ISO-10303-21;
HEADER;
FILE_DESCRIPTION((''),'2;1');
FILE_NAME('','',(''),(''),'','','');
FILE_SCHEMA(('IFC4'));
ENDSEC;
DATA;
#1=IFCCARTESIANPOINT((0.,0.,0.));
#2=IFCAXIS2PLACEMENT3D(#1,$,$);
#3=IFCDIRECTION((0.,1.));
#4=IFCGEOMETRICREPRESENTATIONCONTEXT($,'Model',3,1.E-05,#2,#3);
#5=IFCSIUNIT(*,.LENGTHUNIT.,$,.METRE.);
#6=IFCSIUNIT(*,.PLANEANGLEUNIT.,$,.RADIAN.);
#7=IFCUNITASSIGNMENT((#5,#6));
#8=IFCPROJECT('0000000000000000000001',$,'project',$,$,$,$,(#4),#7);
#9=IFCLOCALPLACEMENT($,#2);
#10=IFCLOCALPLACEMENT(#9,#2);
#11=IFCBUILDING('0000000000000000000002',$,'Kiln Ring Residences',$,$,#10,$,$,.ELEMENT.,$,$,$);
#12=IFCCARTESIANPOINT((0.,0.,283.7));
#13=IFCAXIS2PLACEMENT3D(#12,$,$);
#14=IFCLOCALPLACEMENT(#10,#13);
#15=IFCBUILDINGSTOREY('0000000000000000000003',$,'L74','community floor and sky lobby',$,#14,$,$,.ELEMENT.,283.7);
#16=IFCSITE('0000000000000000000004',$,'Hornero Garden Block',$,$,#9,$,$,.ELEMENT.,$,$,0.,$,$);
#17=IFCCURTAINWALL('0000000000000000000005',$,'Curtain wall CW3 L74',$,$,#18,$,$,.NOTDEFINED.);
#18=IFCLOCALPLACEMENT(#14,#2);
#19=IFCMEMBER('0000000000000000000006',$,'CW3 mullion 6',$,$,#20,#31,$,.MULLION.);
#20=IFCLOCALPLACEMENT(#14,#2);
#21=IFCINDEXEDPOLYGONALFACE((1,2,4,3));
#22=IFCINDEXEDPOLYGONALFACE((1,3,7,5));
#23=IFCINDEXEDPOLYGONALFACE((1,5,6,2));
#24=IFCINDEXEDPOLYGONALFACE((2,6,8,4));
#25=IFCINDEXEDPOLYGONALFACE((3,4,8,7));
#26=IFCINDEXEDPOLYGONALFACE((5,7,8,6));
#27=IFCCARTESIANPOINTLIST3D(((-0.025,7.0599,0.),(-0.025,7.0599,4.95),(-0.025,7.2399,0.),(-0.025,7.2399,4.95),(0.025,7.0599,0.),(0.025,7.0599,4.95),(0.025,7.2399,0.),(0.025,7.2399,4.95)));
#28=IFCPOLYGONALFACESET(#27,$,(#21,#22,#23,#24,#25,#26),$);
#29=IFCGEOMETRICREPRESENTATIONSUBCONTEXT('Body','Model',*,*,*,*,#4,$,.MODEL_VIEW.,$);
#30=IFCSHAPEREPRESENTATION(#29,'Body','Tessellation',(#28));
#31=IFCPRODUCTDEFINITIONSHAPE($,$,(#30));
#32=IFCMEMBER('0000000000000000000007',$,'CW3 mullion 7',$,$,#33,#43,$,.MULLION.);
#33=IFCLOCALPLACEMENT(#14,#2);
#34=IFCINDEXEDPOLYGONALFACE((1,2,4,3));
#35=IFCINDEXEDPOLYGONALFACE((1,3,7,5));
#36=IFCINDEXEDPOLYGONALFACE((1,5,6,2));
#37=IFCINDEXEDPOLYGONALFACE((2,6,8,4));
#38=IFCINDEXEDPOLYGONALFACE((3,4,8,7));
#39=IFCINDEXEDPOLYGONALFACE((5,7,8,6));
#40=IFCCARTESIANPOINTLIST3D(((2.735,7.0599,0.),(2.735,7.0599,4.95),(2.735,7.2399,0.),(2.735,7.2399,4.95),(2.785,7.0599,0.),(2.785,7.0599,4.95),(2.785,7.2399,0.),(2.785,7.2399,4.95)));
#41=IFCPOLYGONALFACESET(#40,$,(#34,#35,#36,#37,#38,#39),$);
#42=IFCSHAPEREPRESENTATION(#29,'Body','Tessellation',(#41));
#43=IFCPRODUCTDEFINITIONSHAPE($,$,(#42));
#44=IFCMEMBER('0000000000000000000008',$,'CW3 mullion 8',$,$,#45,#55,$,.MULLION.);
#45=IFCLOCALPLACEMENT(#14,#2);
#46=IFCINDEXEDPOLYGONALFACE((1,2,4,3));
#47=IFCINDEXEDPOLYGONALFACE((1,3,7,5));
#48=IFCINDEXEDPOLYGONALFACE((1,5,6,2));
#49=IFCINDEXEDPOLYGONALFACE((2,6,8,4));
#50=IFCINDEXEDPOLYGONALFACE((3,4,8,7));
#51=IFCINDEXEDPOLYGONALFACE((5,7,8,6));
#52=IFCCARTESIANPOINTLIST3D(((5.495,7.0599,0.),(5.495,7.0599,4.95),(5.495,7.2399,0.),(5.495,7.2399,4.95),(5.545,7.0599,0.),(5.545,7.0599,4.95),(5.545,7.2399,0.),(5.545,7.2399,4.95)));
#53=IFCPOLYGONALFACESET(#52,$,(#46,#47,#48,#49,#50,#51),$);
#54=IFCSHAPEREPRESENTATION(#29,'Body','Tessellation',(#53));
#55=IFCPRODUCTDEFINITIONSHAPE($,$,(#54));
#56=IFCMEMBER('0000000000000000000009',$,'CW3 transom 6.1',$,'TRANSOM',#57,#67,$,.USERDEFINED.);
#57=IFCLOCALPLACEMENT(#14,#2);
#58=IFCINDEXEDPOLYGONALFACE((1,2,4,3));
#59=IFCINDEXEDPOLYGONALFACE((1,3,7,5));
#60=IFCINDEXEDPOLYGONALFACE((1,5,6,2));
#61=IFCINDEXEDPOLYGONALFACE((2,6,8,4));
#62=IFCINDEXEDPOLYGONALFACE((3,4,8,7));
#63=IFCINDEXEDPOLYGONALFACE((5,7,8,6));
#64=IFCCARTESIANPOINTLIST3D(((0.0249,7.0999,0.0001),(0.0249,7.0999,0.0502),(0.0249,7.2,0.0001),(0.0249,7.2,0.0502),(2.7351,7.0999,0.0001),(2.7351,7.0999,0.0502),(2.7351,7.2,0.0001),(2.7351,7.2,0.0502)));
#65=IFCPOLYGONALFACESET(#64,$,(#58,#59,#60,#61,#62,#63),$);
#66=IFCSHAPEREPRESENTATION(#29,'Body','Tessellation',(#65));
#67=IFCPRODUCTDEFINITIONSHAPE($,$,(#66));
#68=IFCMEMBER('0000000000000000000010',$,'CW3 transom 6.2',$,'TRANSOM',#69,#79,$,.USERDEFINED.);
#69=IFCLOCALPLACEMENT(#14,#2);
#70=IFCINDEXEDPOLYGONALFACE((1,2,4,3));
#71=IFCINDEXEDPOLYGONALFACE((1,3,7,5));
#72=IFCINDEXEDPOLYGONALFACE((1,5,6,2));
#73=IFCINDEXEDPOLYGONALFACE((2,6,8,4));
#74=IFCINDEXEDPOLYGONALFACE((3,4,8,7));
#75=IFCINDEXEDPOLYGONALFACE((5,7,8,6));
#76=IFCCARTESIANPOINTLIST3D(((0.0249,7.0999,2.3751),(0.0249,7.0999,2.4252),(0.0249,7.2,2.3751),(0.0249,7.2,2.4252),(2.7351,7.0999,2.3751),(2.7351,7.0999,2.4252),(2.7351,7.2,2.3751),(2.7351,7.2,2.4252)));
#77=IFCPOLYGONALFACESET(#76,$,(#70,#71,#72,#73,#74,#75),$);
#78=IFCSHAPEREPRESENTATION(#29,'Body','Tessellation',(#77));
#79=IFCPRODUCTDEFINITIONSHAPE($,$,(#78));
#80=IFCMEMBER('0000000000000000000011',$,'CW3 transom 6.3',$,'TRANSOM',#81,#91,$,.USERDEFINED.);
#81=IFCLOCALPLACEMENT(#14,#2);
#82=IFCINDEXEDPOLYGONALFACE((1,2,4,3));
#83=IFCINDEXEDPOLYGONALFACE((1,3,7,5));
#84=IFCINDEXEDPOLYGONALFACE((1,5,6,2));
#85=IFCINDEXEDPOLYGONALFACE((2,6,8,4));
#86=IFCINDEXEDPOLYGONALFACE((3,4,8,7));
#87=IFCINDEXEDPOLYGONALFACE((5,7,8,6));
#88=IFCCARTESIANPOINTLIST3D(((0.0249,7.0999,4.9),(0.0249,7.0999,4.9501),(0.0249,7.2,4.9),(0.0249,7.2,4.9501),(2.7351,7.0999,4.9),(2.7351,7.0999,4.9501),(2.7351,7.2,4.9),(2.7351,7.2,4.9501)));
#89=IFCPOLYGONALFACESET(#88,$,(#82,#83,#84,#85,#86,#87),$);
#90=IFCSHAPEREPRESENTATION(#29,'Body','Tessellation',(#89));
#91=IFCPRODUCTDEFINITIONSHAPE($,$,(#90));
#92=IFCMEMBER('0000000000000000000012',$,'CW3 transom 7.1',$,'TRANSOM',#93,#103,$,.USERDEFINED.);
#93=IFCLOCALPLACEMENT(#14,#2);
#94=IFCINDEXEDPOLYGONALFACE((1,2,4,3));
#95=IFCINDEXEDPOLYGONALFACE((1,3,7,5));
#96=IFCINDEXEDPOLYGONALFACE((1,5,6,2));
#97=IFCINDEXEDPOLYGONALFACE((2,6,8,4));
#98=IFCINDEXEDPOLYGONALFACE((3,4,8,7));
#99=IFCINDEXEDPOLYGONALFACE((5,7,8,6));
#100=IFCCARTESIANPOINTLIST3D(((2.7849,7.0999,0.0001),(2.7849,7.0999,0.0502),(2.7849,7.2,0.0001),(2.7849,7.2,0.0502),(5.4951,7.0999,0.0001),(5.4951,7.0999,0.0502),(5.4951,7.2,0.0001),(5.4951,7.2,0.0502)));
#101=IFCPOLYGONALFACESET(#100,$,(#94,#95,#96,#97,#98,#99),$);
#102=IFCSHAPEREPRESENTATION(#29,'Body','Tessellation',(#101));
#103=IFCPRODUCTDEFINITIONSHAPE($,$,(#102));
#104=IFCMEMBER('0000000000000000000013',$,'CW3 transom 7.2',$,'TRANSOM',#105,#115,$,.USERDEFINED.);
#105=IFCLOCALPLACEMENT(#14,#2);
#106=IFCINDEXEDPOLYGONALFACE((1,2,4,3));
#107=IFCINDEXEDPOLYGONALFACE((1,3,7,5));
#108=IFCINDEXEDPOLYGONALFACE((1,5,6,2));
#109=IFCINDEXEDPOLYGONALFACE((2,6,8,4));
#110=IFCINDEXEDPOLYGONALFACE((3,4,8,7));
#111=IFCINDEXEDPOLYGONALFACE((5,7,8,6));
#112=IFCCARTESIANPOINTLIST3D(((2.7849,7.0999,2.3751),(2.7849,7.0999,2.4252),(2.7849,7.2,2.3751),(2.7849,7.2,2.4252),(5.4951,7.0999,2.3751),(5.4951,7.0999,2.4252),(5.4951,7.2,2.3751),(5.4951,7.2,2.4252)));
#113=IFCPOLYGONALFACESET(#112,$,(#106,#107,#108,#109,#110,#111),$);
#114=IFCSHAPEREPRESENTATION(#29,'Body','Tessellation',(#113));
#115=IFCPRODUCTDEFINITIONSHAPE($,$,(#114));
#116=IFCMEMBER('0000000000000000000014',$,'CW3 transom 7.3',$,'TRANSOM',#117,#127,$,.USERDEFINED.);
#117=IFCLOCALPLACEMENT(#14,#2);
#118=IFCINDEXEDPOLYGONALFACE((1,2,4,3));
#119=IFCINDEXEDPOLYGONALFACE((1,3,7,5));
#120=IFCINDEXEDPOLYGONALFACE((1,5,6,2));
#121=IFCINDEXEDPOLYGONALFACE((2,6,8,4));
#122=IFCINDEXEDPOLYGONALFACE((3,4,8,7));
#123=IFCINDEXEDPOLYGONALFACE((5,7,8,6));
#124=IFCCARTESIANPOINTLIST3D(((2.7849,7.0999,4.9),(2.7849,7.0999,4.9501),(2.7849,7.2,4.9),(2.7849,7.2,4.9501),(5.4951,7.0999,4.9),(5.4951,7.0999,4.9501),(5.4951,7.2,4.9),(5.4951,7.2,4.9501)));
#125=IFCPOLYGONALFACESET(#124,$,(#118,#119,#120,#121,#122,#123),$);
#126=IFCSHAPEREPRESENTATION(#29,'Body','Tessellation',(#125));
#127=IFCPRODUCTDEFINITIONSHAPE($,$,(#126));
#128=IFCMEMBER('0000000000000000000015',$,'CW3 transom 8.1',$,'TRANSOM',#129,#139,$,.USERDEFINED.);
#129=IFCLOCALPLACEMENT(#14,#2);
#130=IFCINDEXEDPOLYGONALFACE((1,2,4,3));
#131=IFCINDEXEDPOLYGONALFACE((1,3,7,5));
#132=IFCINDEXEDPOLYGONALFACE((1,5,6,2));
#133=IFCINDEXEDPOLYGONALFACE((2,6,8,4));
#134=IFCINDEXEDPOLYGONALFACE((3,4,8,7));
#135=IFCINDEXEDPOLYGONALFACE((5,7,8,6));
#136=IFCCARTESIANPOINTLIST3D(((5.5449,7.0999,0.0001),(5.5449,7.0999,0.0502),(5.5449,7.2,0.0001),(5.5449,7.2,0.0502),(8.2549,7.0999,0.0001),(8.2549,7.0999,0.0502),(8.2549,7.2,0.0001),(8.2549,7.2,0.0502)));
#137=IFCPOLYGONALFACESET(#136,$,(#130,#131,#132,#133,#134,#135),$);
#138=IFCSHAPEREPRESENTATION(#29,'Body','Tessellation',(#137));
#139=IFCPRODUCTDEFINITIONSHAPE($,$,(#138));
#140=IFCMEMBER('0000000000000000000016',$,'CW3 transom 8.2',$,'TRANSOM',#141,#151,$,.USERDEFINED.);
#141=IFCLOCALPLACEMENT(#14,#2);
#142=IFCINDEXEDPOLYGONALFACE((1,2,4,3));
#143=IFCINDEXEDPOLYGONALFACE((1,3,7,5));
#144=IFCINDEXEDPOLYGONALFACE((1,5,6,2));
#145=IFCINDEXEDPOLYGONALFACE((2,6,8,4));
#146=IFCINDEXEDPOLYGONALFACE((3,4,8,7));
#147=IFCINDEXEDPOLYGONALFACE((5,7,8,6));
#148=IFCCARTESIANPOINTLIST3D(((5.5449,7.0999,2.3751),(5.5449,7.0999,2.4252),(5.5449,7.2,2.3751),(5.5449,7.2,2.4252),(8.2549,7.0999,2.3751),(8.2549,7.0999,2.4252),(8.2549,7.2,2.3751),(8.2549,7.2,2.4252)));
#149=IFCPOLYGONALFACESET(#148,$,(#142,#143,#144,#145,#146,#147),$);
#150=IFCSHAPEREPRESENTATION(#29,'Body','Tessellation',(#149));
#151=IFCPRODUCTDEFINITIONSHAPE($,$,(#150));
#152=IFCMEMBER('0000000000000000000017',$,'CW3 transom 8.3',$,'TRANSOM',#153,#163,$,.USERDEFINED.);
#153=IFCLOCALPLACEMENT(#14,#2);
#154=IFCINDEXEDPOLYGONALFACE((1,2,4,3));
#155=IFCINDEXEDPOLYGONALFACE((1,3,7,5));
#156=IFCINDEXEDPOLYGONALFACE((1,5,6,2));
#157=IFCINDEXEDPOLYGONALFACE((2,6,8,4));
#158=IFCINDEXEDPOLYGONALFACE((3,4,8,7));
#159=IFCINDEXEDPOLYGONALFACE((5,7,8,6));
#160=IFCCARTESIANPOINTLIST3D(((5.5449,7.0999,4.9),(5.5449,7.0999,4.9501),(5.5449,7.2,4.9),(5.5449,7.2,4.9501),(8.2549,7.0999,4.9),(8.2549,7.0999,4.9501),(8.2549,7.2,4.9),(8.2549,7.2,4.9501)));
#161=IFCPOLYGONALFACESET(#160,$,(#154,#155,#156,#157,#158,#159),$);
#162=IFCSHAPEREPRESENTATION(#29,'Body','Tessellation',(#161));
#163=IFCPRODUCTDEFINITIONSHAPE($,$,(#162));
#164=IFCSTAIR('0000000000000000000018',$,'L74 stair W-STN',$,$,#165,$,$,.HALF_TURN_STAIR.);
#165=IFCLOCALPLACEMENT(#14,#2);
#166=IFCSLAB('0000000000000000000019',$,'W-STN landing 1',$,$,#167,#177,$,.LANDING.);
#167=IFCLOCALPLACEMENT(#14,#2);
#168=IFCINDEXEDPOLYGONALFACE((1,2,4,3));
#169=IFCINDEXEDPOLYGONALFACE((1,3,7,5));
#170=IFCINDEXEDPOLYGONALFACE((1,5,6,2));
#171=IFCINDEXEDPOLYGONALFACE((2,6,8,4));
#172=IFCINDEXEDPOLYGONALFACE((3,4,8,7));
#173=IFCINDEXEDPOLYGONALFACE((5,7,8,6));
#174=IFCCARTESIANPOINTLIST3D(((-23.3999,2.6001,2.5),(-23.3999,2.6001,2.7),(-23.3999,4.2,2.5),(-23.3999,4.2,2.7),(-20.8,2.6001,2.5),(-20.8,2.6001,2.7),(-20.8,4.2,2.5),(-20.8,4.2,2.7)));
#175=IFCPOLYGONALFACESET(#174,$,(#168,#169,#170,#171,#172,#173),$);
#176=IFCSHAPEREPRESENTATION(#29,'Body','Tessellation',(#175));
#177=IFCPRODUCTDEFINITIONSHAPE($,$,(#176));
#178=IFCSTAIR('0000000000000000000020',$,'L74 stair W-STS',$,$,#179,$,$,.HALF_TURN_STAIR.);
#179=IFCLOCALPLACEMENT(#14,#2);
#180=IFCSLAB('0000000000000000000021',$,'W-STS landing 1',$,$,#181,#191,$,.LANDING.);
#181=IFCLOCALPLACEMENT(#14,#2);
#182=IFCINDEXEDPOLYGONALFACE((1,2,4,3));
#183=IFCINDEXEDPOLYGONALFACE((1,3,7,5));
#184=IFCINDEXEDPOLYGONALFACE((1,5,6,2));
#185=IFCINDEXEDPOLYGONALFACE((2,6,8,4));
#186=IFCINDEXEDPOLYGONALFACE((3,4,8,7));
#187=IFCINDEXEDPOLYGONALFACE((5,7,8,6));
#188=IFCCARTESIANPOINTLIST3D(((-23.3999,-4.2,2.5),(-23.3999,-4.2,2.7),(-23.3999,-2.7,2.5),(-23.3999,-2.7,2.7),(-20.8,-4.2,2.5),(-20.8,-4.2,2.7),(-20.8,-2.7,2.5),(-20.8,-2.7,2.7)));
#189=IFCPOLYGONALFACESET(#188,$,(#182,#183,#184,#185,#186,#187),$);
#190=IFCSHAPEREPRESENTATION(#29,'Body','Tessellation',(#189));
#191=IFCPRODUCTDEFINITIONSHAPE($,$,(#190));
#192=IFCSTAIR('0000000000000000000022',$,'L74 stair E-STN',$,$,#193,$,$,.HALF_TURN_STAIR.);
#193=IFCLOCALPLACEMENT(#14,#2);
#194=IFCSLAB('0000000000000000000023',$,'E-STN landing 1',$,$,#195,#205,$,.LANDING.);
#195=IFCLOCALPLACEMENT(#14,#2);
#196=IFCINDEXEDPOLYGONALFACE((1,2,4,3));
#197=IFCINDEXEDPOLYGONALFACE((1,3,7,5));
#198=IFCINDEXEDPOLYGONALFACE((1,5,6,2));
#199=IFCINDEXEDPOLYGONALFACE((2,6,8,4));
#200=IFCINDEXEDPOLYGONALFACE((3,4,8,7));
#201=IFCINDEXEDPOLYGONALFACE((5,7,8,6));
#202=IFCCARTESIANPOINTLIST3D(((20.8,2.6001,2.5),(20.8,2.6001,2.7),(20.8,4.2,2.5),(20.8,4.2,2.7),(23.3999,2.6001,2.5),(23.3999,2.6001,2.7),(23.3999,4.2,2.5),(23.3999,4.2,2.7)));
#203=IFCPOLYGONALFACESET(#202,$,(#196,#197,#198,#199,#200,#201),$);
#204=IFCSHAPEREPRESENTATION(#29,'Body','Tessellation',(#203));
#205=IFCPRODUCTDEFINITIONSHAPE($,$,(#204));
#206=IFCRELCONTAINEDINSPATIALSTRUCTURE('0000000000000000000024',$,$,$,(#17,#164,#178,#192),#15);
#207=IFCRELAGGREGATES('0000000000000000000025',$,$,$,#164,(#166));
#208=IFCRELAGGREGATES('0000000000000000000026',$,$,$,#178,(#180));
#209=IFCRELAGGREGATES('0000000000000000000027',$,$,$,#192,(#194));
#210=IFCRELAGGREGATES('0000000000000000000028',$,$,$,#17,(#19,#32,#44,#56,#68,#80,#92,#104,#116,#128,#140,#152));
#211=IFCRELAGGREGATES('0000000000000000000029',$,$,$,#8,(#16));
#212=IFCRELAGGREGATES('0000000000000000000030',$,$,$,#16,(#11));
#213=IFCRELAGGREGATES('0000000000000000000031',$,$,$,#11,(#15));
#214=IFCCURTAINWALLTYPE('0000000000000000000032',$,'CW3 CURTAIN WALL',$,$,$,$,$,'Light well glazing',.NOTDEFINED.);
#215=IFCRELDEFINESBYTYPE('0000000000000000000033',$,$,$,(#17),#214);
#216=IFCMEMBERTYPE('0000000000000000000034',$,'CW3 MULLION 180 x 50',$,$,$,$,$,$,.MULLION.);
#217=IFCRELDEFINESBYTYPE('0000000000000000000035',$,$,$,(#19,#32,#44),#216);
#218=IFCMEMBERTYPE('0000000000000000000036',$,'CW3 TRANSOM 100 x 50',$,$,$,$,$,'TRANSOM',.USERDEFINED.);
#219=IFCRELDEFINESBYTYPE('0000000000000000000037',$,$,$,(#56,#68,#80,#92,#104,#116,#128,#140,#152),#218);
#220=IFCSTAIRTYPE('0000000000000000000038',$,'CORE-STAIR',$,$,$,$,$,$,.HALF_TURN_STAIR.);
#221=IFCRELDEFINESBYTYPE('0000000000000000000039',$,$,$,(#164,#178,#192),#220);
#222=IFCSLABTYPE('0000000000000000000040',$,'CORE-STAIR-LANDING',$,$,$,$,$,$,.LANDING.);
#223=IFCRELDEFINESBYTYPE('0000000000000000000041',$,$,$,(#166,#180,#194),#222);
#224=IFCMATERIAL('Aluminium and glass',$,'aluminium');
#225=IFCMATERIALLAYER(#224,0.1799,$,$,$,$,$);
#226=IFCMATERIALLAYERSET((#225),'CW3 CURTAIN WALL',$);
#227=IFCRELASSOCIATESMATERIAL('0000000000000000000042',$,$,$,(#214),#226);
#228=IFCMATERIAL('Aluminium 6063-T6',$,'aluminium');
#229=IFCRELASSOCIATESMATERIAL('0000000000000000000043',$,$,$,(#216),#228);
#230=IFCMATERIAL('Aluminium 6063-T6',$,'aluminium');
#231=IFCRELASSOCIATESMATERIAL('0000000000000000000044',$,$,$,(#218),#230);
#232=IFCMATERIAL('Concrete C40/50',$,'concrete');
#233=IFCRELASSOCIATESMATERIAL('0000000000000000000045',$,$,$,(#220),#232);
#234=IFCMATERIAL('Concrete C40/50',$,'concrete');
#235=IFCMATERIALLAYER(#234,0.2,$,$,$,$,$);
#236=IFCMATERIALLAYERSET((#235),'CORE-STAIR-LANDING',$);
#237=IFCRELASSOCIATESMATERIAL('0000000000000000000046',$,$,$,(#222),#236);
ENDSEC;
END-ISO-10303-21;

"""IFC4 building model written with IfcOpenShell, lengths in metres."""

from ifc_helpers import new_model, si_unit, direction, frame, origin, origin_2d, place, context, subcontext, project, spatial, polyline, rectangle, outline, extrude, material, layer, layer_set, material_profile, profile_set, type_object, element, aggregate, save


model = new_model("IFC4")

# Units and contexts
model_context = context("Model", 3, precision=1e-05, world=origin(), true_north=direction((0.0, 1.0)))
body_context = subcontext(model_context, "Body", "Model", "MODEL_VIEW")
ifc_project = project(units=[si_unit("LENGTHUNIT", "METRE"), si_unit("PLANEANGLEUNIT", "RADIAN")], contexts=[model_context])

# Site, building, storey
site_placement = place(None, origin())
site = spatial("IfcSite", under=ifc_project, at=site_placement, Name="Hornero Garden Block", CompositionType="ELEMENT", RefElevation=0.0)
building_placement = place(site_placement, origin())
building = spatial("IfcBuilding", under=site, at=building_placement, Name="Kiln Ring Residences", CompositionType="ELEMENT")
storey_placement = place(building_placement, frame((0.0, 0.0, 283.7)))
storey = spatial("IfcBuildingStorey", under=building, at=storey_placement, Name="L74", Description="community floor and sky lobby", CompositionType="ELEMENT", Elevation=283.7)

# Curtain wall, members
ifc_material_1 = material(Name="Aluminium and glass", Category="aluminium")
ifc_layer_1 = layer(ifc_material_1, 0.1799)
ifc_layer_set_1 = layer_set([ifc_layer_1], Name="CW3 CURTAIN WALL")
curtain_wall_type = type_object("IfcCurtainWallType", Name="CW3 CURTAIN WALL", ElementType="Light well glazing", PredefinedType="NOTDEFINED", material=ifc_layer_set_1)
placement_1 = place(storey_placement, origin())
curtain_wall = element("IfcCurtainWall", 1, at=placement_1, inside=storey, type_object=curtain_wall_type, Name="Curtain wall CW3 L74", PredefinedType="NOTDEFINED")
ifc_material_2 = material(Name="Aluminium 6063-T6", Category="aluminium")
ifc_material_profile_1 = material_profile(ifc_material_2, rectangle(XDim=0.1799, YDim=0.05, at=origin_2d()), Name="AL 180x50")
ifc_profile_set_1 = profile_set([ifc_material_profile_1], Name="Aluminium 6063-T6")
member_type_1 = type_object("IfcMemberType", Name="CW3 MULLION 180 x 50", PredefinedType="MULLION", material=ifc_profile_set_1)
member_1_placement = place(storey_placement, frame((0.0, 7.1499, 0.0), z_axis=(0.0, 0.0, 1.0), x_axis=(0.0, 1.0, 0.0)))
member_1 = element("IfcMember", 2, at=member_1_placement, type_object=member_type_1, Name="CW3 mullion 6", PredefinedType="MULLION", context=body_context, shape_type="SweptSolid", body=[
    extrude(rectangle(XDim=0.1799, YDim=0.05, at=origin_2d()), origin(), (0.0, 0.0, 1.0), 4.95),
])
member_2_placement = place(storey_placement, frame((2.76, 7.1499, 0.0), z_axis=(0.0, 0.0, 1.0), x_axis=(0.0, 1.0, 0.0)))
member_2 = element("IfcMember", 3, at=member_2_placement, type_object=member_type_1, Name="CW3 mullion 7", PredefinedType="MULLION", context=body_context, shape_type="SweptSolid", body=[
    extrude(rectangle(XDim=0.1799, YDim=0.05, at=origin_2d()), origin(), (0.0, 0.0, 1.0), 4.95),
])
member_3_placement = place(storey_placement, frame((5.52, 7.1499, 0.0), z_axis=(0.0, 0.0, 1.0), x_axis=(0.0, 1.0, 0.0)))
member_3 = element("IfcMember", 4, at=member_3_placement, type_object=member_type_1, Name="CW3 mullion 8", PredefinedType="MULLION", context=body_context, shape_type="SweptSolid", body=[
    extrude(rectangle(XDim=0.1799, YDim=0.05, at=origin_2d()), origin(), (0.0, 0.0, 1.0), 4.95),
])
ifc_material_3 = material(Name="Aluminium 6063-T6", Category="aluminium")
ifc_material_profile_2 = material_profile(ifc_material_3, rectangle(XDim=0.1001, YDim=0.05, at=origin_2d()), Name="AL 100x50")
ifc_profile_set_2 = profile_set([ifc_material_profile_2], Name="Aluminium 6063-T6")
member_type_2 = type_object("IfcMemberType", Name="CW3 TRANSOM 100 x 50", ElementType="TRANSOM", PredefinedType="USERDEFINED", material=ifc_profile_set_2)
member_4_placement = place(storey_placement, frame((0.0249, 7.1499, 0.0251), z_axis=(1.0, 0.0, 0.0), x_axis=(0.0, 1.0, 0.0)))
member_4 = element("IfcMember", 5, at=member_4_placement, type_object=member_type_2, Name="CW3 transom 6.1", ObjectType="TRANSOM", PredefinedType="USERDEFINED", context=body_context, shape_type="SweptSolid", body=[
    extrude(rectangle(XDim=0.1001, YDim=0.05, at=origin_2d()), origin(), (0.0, 0.0, 1.0), 2.7102),
])
member_5_placement = place(storey_placement, frame((0.0249, 7.1499, 2.4001), z_axis=(1.0, 0.0, 0.0), x_axis=(0.0, 1.0, 0.0)))
member_5 = element("IfcMember", 6, at=member_5_placement, type_object=member_type_2, Name="CW3 transom 6.2", ObjectType="TRANSOM", PredefinedType="USERDEFINED", context=body_context, shape_type="SweptSolid", body=[
    extrude(rectangle(XDim=0.1001, YDim=0.05, at=origin_2d()), origin(), (0.0, 0.0, 1.0), 2.7102),
])
member_6_placement = place(storey_placement, frame((0.0249, 7.1499, 4.925), z_axis=(1.0, 0.0, 0.0), x_axis=(0.0, 1.0, 0.0)))
member_6 = element("IfcMember", 7, at=member_6_placement, type_object=member_type_2, Name="CW3 transom 6.3", ObjectType="TRANSOM", PredefinedType="USERDEFINED", context=body_context, shape_type="SweptSolid", body=[
    extrude(rectangle(XDim=0.1001, YDim=0.05, at=origin_2d()), origin(), (0.0, 0.0, 1.0), 2.7102),
])
member_7_placement = place(storey_placement, frame((2.7849, 7.1499, 0.0251), z_axis=(1.0, 0.0, 0.0), x_axis=(0.0, 1.0, 0.0)))
member_7 = element("IfcMember", 8, at=member_7_placement, type_object=member_type_2, Name="CW3 transom 7.1", ObjectType="TRANSOM", PredefinedType="USERDEFINED", context=body_context, shape_type="SweptSolid", body=[
    extrude(rectangle(XDim=0.1001, YDim=0.05, at=origin_2d()), origin(), (0.0, 0.0, 1.0), 2.7102),
])
member_8_placement = place(storey_placement, frame((2.7849, 7.1499, 2.4001), z_axis=(1.0, 0.0, 0.0), x_axis=(0.0, 1.0, 0.0)))
member_8 = element("IfcMember", 9, at=member_8_placement, type_object=member_type_2, Name="CW3 transom 7.2", ObjectType="TRANSOM", PredefinedType="USERDEFINED", context=body_context, shape_type="SweptSolid", body=[
    extrude(rectangle(XDim=0.1001, YDim=0.05, at=origin_2d()), origin(), (0.0, 0.0, 1.0), 2.7102),
])
member_9_placement = place(storey_placement, frame((2.7849, 7.1499, 4.925), z_axis=(1.0, 0.0, 0.0), x_axis=(0.0, 1.0, 0.0)))
member_9 = element("IfcMember", 10, at=member_9_placement, type_object=member_type_2, Name="CW3 transom 7.3", ObjectType="TRANSOM", PredefinedType="USERDEFINED", context=body_context, shape_type="SweptSolid", body=[
    extrude(rectangle(XDim=0.1001, YDim=0.05, at=origin_2d()), origin(), (0.0, 0.0, 1.0), 2.7102),
])
member_10_placement = place(storey_placement, frame((5.5449, 7.1499, 0.0251), z_axis=(1.0, 0.0, 0.0), x_axis=(0.0, 1.0, 0.0)))
member_10 = element("IfcMember", 11, at=member_10_placement, type_object=member_type_2, Name="CW3 transom 8.1", ObjectType="TRANSOM", PredefinedType="USERDEFINED", context=body_context, shape_type="SweptSolid", body=[
    extrude(rectangle(XDim=0.1001, YDim=0.05, at=origin_2d()), origin(), (0.0, 0.0, 1.0), 2.71),
])
member_11_placement = place(storey_placement, frame((5.5449, 7.1499, 2.4001), z_axis=(1.0, 0.0, 0.0), x_axis=(0.0, 1.0, 0.0)))
member_11 = element("IfcMember", 12, at=member_11_placement, type_object=member_type_2, Name="CW3 transom 8.2", ObjectType="TRANSOM", PredefinedType="USERDEFINED", context=body_context, shape_type="SweptSolid", body=[
    extrude(rectangle(XDim=0.1001, YDim=0.05, at=origin_2d()), origin(), (0.0, 0.0, 1.0), 2.71),
])
member_12_placement = place(storey_placement, frame((5.5449, 7.1499, 4.925), z_axis=(1.0, 0.0, 0.0), x_axis=(0.0, 1.0, 0.0)))
member_12 = element("IfcMember", 13, at=member_12_placement, type_object=member_type_2, Name="CW3 transom 8.3", ObjectType="TRANSOM", PredefinedType="USERDEFINED", context=body_context, shape_type="SweptSolid", body=[
    extrude(rectangle(XDim=0.1001, YDim=0.05, at=origin_2d()), origin(), (0.0, 0.0, 1.0), 2.71),
])

# Stairs, slabs
ifc_material_4 = material(Name="Concrete C40/50", Category="concrete")
stair_type = type_object("IfcStairType", Name="CORE-STAIR", PredefinedType="HALF_TURN_STAIR", material=ifc_material_4)
stair_1 = element("IfcStair", 14, at=placement_1, inside=storey, type_object=stair_type, Name="L74 stair W-STN", PredefinedType="HALF_TURN_STAIR")
ifc_material_5 = material(Name="Concrete C40/50", Category="concrete")
ifc_layer_2 = layer(ifc_material_5, 0.2)
ifc_layer_set_2 = layer_set([ifc_layer_2], Name="CORE-STAIR-LANDING")
slab_type = type_object("IfcSlabType", Name="CORE-STAIR-LANDING", PredefinedType="LANDING", material=ifc_layer_set_2)
placement_2 = place(storey_placement, frame((0.0, 0.0, 2.5)))
slab_1 = element("IfcSlab", 15, at=placement_2, type_object=slab_type, Name="W-STN landing 1", PredefinedType="LANDING", context=body_context, shape_type="SweptSolid", body=[
    extrude(outline(polyline([(-23.3999, 4.2), (-23.3999, 2.6001), (-20.8, 2.6001), (-20.8, 4.2), (-23.3999, 4.2)])), origin(), (0.0, 0.0, 1.0), 0.2),
])
aggregate(stair_1, [slab_1])
stair_2 = element("IfcStair", 16, at=placement_1, inside=storey, type_object=stair_type, Name="L74 stair W-STS", PredefinedType="HALF_TURN_STAIR")
slab_2 = element("IfcSlab", 17, at=placement_2, type_object=slab_type, Name="W-STS landing 1", PredefinedType="LANDING", context=body_context, shape_type="SweptSolid", body=[
    extrude(outline(polyline([(-20.8, -4.2), (-20.8, -2.7), (-23.3999, -2.7), (-23.3999, -4.2), (-20.8, -4.2)])), origin(), (0.0, 0.0, 1.0), 0.2),
])
aggregate(stair_2, [slab_2])
stair_3 = element("IfcStair", 18, at=placement_1, inside=storey, type_object=stair_type, Name="L74 stair E-STN", PredefinedType="HALF_TURN_STAIR")
slab_3 = element("IfcSlab", 19, at=placement_2, type_object=slab_type, Name="E-STN landing 1", PredefinedType="LANDING", context=body_context, shape_type="SweptSolid", body=[
    extrude(outline(polyline([(20.8, 4.2), (20.8, 2.6001), (23.3999, 2.6001), (23.3999, 4.2), (20.8, 4.2)])), origin(), (0.0, 0.0, 1.0), 0.2),
])
aggregate(stair_3, [slab_3])

aggregate(curtain_wall, [member_1, member_2, member_3, member_4, member_5, member_6, member_7, member_8, member_9, member_10, member_11, member_12])

save(model, "model.ifc")
